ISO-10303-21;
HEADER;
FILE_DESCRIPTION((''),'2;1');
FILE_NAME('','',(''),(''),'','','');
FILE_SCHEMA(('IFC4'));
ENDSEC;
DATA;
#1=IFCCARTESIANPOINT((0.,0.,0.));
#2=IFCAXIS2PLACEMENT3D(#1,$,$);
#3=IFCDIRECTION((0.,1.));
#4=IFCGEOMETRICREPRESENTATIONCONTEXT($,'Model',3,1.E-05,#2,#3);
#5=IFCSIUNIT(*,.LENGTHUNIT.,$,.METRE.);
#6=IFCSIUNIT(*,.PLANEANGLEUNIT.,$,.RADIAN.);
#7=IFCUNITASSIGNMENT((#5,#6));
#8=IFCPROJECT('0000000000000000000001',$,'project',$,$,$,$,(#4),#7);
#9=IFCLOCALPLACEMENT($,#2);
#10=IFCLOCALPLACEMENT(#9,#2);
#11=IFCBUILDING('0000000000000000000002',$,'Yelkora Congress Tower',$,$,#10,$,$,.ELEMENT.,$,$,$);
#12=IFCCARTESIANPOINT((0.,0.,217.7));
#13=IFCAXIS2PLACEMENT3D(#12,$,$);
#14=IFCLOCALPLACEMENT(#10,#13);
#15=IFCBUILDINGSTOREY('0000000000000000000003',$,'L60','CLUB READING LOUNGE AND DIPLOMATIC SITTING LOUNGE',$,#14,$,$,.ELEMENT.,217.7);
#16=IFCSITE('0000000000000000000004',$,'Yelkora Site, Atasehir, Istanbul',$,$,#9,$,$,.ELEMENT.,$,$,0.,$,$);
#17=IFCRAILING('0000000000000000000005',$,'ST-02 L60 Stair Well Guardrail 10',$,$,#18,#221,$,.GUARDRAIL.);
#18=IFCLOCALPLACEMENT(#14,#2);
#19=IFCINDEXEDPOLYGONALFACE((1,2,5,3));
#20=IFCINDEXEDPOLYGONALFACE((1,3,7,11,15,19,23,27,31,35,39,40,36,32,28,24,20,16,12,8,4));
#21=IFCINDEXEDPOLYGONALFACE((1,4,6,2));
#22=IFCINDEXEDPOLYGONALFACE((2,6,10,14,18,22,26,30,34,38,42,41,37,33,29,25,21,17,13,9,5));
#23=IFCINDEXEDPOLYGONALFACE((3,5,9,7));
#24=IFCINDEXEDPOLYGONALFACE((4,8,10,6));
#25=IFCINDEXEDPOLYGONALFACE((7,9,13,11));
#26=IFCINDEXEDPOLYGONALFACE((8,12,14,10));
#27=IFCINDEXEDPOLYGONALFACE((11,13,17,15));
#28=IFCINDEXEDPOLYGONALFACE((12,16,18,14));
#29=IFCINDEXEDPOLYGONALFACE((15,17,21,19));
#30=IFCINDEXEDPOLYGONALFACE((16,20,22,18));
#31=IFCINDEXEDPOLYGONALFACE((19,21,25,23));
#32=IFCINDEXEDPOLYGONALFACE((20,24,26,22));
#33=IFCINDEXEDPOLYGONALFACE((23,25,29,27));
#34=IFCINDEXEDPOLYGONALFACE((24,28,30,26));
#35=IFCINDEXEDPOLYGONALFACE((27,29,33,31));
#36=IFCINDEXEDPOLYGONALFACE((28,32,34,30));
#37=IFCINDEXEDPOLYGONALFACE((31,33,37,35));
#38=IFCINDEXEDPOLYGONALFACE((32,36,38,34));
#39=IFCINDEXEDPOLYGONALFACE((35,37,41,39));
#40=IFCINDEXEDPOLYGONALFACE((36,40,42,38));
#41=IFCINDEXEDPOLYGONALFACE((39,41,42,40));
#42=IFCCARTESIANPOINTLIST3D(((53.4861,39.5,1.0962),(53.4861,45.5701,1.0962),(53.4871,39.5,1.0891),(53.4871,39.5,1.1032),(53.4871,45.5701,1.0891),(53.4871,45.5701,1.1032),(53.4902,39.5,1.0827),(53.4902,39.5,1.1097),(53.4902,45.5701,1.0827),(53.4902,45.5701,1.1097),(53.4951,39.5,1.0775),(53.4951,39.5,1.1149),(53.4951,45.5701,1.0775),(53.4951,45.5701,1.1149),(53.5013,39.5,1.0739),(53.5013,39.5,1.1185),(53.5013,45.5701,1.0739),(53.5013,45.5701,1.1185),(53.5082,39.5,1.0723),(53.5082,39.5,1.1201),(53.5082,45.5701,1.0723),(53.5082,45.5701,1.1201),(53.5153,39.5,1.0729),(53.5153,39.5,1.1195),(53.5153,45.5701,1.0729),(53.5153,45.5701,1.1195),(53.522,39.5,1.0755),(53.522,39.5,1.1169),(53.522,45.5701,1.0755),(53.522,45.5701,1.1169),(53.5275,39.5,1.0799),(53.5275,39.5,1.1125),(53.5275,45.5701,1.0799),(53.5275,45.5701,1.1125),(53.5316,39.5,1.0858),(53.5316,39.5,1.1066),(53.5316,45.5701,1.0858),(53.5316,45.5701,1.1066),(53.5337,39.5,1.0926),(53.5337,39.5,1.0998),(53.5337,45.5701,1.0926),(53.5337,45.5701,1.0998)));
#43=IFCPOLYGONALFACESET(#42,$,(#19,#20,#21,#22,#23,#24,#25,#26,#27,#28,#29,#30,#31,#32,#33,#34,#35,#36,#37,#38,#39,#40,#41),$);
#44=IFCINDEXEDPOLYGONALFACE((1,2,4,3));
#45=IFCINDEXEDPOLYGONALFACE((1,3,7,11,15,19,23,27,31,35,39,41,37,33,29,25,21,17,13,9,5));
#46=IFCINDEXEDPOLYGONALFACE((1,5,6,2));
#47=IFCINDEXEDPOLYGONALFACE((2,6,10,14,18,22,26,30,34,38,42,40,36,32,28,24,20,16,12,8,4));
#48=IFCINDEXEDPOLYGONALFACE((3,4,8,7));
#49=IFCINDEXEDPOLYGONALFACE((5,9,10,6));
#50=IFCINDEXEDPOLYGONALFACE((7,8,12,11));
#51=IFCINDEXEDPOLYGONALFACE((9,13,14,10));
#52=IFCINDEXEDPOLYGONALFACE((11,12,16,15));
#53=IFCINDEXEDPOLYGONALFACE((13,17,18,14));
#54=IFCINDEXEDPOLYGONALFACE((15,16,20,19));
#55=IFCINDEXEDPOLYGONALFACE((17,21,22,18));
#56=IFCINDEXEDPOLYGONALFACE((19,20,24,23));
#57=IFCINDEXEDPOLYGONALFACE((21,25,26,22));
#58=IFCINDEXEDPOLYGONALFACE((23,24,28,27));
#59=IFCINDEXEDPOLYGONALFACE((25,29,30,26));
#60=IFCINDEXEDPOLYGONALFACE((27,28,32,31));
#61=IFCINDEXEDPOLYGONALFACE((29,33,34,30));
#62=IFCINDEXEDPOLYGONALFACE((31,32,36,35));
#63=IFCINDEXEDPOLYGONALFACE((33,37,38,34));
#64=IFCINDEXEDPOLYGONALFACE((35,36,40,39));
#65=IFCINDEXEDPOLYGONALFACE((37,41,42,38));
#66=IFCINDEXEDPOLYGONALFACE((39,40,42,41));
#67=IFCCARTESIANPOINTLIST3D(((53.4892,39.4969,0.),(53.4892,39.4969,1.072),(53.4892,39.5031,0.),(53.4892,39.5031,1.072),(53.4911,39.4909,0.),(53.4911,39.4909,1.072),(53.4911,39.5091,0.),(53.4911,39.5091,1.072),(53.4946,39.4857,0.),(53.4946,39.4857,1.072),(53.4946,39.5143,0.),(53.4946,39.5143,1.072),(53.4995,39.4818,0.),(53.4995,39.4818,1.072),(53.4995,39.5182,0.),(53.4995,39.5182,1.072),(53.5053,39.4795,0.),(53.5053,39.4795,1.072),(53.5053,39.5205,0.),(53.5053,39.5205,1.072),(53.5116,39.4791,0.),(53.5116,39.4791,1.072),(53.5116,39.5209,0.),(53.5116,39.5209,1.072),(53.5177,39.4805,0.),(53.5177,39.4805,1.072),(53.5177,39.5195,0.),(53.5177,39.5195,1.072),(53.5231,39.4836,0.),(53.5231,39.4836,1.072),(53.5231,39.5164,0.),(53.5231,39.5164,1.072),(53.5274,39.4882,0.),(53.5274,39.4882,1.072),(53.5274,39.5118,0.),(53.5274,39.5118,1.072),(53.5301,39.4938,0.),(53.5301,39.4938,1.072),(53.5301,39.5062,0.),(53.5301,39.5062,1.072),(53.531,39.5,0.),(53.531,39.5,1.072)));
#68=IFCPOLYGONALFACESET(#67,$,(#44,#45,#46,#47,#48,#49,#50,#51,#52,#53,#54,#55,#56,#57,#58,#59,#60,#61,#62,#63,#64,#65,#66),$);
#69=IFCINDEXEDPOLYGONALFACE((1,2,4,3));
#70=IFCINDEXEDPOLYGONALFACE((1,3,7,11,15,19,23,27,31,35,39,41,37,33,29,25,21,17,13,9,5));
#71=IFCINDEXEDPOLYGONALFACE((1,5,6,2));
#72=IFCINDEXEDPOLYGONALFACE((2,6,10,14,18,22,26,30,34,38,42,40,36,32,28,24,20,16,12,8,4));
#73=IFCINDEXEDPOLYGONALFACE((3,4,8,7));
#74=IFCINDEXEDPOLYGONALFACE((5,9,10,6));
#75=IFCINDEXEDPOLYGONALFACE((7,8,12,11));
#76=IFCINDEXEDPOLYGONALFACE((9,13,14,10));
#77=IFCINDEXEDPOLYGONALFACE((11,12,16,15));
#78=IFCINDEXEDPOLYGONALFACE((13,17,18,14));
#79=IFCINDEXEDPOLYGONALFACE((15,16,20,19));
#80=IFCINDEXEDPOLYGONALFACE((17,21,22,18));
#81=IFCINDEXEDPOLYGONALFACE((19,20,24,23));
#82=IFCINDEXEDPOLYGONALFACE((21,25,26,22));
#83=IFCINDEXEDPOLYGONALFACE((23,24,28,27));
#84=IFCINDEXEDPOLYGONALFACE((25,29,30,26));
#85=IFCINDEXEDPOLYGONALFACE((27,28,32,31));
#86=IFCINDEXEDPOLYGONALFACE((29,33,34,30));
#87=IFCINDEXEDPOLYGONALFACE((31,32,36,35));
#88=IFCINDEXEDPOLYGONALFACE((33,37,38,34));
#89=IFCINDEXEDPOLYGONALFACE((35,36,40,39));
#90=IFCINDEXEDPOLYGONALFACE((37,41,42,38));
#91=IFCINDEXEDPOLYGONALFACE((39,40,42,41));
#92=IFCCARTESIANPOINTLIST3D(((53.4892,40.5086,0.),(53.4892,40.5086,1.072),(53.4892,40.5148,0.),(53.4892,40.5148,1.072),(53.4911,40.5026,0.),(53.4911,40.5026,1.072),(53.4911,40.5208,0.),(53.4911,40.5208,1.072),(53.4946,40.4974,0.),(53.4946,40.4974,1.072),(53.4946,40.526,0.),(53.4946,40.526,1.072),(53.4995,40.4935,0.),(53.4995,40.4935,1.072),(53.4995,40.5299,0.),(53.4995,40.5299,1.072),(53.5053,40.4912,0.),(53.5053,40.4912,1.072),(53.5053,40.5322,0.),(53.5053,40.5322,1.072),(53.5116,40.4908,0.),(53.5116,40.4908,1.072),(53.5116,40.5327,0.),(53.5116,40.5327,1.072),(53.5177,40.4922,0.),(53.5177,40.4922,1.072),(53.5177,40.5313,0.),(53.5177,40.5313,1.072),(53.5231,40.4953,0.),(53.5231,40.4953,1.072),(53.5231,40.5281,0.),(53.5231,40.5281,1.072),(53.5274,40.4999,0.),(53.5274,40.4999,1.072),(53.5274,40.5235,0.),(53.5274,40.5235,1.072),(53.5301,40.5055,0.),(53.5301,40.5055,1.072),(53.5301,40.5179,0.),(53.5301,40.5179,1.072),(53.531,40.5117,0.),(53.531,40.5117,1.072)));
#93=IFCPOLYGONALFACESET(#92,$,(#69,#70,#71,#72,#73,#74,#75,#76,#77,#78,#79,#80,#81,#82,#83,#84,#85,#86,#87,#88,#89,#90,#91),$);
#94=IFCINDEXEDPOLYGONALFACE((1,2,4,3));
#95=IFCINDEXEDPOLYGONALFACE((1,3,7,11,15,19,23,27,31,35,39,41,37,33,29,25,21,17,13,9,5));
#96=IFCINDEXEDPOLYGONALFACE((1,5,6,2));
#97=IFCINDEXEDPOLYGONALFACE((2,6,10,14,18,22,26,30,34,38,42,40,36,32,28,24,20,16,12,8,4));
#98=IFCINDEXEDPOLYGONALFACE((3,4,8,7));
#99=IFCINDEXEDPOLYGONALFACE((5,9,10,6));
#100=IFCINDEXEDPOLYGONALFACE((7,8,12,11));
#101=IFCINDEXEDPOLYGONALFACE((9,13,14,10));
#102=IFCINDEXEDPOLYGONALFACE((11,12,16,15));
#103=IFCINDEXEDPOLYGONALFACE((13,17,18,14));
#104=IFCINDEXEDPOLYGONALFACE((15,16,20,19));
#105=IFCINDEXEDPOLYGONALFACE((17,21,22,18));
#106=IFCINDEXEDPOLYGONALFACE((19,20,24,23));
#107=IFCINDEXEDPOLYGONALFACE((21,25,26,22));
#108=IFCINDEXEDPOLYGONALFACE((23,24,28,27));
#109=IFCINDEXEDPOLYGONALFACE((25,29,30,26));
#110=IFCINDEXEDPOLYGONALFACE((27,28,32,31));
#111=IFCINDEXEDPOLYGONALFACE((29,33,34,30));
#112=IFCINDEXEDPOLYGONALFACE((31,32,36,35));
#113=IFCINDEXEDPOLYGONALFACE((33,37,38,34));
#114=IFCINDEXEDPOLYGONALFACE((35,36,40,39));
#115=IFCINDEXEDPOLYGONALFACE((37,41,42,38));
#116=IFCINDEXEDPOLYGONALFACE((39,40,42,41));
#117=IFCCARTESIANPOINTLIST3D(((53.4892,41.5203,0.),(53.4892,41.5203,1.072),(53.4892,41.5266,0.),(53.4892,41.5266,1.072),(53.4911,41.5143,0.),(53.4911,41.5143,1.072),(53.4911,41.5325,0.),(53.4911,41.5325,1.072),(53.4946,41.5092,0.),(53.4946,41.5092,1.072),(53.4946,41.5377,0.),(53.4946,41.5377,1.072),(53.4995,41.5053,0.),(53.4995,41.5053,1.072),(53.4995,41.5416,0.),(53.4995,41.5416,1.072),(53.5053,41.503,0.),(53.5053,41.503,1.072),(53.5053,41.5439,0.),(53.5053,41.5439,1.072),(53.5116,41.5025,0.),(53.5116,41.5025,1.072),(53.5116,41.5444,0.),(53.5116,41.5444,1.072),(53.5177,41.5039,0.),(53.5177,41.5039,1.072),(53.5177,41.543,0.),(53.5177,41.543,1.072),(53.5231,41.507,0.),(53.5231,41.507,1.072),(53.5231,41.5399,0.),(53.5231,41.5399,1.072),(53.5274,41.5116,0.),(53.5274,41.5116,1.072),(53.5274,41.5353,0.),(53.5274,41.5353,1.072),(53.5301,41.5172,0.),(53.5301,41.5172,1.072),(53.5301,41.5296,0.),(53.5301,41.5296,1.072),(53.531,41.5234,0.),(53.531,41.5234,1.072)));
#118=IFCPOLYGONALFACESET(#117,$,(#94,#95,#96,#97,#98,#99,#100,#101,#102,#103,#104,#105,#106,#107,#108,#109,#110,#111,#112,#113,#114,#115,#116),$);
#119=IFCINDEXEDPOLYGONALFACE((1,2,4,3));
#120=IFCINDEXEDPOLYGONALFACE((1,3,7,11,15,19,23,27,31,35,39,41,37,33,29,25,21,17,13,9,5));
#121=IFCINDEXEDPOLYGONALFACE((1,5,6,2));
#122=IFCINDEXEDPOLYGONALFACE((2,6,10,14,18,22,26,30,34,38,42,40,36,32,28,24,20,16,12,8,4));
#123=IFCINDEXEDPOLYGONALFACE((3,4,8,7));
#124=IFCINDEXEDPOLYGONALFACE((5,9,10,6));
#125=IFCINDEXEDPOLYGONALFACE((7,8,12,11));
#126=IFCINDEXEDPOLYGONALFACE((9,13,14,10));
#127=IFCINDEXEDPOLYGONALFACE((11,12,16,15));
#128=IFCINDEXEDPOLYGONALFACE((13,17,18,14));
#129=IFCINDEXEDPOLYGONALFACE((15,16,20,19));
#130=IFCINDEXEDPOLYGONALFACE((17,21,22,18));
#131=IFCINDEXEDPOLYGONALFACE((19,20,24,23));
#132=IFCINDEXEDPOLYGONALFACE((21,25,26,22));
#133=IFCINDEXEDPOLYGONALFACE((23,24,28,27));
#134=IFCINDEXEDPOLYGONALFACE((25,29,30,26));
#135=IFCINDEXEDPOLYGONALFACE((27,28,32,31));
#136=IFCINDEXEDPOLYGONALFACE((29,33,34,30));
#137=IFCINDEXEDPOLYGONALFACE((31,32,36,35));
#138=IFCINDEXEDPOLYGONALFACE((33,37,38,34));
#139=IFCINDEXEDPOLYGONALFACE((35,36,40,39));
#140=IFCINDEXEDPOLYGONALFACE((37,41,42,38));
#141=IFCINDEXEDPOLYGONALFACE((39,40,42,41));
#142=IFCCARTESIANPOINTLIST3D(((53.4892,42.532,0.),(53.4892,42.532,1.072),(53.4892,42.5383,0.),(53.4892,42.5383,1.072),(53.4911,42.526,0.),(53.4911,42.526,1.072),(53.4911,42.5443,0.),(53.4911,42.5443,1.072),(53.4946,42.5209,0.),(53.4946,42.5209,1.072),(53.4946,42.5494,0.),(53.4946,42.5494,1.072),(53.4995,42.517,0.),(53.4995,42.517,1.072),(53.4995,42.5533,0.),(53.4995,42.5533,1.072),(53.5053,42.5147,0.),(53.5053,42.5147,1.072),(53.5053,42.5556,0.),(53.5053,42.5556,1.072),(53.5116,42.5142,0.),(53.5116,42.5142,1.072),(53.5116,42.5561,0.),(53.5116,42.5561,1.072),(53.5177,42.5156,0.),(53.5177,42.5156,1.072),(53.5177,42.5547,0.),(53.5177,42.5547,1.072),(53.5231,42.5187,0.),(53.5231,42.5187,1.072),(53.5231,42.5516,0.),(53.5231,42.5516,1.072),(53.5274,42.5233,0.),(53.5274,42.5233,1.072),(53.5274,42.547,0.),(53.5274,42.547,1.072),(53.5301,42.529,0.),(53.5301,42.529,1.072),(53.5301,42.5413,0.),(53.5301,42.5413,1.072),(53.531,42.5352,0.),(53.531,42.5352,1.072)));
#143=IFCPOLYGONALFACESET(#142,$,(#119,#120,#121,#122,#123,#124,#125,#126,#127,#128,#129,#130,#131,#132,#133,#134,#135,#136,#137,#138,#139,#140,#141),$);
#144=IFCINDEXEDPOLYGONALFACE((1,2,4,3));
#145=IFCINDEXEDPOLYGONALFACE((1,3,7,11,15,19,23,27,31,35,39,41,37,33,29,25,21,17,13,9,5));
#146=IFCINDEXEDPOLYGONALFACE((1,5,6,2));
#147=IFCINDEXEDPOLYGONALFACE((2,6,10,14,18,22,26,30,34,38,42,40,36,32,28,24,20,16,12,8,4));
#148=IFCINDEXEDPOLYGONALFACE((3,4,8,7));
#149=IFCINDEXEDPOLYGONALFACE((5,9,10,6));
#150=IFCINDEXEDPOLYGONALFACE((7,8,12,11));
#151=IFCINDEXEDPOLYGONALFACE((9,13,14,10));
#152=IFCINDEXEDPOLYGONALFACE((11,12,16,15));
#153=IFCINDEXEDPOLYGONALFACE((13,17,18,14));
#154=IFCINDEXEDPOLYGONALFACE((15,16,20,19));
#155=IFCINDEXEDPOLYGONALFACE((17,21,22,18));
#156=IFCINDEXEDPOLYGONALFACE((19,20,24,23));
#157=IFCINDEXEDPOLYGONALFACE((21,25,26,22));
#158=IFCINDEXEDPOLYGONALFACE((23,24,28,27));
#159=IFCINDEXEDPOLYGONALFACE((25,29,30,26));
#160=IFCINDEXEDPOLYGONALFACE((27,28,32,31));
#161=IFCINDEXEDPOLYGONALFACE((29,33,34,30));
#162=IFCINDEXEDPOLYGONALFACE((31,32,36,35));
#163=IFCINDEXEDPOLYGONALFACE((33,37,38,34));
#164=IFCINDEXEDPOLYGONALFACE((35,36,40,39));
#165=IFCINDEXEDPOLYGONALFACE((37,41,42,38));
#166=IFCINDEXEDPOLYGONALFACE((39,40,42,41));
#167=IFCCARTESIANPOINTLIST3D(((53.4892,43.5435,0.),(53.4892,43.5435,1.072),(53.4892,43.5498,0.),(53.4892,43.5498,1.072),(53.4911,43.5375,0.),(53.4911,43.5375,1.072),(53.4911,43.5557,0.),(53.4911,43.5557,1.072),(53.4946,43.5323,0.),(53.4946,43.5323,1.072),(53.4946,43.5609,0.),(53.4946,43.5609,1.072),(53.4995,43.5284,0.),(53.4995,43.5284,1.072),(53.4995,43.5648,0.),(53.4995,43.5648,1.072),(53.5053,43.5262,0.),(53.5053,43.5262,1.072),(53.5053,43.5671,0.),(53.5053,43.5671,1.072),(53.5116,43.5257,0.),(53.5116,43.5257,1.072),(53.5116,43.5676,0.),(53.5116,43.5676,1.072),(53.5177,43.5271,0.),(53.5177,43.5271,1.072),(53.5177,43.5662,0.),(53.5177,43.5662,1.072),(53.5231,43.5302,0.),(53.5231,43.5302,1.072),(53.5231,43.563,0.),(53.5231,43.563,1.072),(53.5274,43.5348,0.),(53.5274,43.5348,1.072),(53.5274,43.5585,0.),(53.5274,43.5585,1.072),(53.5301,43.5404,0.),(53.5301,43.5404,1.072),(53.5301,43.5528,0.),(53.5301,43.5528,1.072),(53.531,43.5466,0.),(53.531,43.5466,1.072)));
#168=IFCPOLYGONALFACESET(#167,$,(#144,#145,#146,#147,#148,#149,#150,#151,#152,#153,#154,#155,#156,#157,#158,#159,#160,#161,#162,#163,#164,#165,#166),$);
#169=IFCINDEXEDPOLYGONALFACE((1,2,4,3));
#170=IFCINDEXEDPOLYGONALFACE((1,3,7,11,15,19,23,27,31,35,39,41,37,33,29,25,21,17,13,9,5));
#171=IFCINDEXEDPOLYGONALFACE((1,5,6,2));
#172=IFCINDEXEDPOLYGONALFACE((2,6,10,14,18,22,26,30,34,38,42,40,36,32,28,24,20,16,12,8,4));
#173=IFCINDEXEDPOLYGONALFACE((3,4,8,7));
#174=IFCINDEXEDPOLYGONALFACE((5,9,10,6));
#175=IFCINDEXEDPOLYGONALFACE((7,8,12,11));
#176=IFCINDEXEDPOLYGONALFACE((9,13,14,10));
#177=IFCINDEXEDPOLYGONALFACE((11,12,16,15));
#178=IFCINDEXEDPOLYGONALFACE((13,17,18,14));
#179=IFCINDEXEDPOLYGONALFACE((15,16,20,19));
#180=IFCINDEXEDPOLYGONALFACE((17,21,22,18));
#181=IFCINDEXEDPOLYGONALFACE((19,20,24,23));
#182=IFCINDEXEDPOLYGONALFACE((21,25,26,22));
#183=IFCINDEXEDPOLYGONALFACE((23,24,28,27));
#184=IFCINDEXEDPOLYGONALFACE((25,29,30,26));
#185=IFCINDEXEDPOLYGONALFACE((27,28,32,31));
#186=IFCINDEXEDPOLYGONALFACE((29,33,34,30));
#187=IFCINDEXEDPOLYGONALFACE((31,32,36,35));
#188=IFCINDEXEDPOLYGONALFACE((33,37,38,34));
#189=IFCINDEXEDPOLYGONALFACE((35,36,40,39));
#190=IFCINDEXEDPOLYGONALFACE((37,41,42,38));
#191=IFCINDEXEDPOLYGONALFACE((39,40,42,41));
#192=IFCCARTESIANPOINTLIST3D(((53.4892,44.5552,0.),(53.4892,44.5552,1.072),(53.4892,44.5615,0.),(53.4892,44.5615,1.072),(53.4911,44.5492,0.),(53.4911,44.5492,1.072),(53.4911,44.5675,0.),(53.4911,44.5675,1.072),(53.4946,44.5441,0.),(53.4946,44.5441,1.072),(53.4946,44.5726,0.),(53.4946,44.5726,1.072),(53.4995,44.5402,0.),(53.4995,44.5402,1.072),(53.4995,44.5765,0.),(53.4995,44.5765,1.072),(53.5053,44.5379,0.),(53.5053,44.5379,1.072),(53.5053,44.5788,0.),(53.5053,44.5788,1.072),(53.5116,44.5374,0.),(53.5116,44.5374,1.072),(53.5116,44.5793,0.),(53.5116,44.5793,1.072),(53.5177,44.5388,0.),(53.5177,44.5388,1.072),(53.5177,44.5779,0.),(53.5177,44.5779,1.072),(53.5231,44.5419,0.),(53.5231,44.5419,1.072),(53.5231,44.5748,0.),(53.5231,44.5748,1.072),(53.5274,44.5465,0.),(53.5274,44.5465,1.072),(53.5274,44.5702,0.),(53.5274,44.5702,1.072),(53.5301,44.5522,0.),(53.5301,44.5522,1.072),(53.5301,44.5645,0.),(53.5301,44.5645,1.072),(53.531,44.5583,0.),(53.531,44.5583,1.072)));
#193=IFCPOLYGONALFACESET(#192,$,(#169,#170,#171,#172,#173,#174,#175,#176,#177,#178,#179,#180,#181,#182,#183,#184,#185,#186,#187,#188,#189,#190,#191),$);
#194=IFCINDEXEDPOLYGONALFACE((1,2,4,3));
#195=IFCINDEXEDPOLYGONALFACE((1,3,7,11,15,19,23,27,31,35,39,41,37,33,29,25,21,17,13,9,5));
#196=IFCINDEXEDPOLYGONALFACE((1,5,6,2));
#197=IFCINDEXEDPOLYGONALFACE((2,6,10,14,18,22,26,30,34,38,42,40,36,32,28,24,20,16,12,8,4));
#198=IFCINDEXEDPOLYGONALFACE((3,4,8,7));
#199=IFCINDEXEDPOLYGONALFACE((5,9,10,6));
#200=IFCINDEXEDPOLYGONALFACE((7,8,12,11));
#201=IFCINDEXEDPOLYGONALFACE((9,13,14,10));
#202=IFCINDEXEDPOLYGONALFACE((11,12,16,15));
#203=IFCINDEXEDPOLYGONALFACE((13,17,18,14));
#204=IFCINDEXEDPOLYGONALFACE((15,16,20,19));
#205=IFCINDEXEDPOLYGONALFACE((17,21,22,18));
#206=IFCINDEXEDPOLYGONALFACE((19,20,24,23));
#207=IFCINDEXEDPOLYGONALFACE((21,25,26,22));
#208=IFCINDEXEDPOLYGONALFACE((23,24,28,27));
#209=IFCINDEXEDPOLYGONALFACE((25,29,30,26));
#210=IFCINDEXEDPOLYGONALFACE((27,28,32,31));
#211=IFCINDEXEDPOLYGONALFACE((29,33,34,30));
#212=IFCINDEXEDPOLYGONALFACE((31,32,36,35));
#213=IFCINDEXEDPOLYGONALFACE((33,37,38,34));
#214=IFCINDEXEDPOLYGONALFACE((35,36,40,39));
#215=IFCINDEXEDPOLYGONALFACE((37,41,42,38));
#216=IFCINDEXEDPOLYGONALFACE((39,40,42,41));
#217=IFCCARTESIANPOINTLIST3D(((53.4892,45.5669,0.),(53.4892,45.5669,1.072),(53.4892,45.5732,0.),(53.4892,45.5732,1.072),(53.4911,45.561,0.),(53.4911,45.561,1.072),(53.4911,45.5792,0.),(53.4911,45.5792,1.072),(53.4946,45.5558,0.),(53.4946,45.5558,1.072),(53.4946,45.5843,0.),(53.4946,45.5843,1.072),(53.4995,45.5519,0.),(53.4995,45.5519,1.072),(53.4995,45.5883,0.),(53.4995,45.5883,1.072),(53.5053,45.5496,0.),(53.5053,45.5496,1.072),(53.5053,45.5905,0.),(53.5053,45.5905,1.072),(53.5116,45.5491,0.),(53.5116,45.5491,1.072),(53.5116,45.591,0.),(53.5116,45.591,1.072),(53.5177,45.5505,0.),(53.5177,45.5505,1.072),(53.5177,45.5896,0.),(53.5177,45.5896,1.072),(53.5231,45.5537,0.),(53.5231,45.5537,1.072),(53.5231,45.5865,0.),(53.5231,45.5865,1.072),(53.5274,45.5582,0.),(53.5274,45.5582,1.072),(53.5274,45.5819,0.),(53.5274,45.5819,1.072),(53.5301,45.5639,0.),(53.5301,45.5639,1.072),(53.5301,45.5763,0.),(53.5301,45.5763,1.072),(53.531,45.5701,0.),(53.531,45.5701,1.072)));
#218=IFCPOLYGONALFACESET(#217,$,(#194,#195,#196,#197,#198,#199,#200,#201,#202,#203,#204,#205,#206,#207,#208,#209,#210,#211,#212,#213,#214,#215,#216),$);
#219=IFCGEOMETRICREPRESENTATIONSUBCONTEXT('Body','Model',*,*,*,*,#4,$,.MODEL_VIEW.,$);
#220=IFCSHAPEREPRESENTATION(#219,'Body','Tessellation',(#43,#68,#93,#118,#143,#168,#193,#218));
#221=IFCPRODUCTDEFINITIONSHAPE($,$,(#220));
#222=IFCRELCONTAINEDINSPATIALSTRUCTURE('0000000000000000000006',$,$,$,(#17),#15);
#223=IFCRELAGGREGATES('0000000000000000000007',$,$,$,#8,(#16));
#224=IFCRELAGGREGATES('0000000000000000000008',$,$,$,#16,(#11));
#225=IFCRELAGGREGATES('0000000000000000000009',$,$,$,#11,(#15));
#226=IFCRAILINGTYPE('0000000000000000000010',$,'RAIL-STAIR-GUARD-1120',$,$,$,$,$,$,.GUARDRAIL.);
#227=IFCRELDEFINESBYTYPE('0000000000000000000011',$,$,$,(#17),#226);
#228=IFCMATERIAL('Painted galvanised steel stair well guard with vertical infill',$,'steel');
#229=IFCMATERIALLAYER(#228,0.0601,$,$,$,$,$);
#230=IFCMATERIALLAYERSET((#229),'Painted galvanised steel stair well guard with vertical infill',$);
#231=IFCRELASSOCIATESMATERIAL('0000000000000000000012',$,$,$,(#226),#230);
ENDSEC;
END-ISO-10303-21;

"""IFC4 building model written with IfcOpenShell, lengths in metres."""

from ifc_helpers import new_model, si_unit, direction, frame, origin, origin_2d, place, context, subcontext, project, spatial, circle, extrude, material, layer, layer_set, type_object, element, save


model = new_model("IFC4")

# Units and contexts
model_context = context("Model", 3, precision=1e-05, world=origin(), true_north=direction((0.0, 1.0)))
body_context = subcontext(model_context, "Body", "Model", "MODEL_VIEW")
ifc_project = project(units=[si_unit("LENGTHUNIT", "METRE"), si_unit("PLANEANGLEUNIT", "RADIAN")], contexts=[model_context])

# Site, building, storey
site_placement = place(None, origin())
site = spatial("IfcSite", under=ifc_project, at=site_placement, Name="Yelkora Site, Atasehir, Istanbul", CompositionType="ELEMENT", RefElevation=0.0)
building_placement = place(site_placement, origin())
building = spatial("IfcBuilding", under=site, at=building_placement, Name="Yelkora Congress Tower", CompositionType="ELEMENT")
storey_placement = place(building_placement, frame((0.0, 0.0, 217.7)))
storey = spatial("IfcBuildingStorey", under=building, at=storey_placement, Name="L60", Description="CLUB READING LOUNGE AND DIPLOMATIC SITTING LOUNGE", CompositionType="ELEMENT", Elevation=217.7)

# Railing
ifc_material_1 = material(Name="Painted galvanised steel stair well guard with vertical infill", Category="steel")
ifc_layer_1 = layer(ifc_material_1, 0.0601)
ifc_layer_set_1 = layer_set([ifc_layer_1], Name="Painted galvanised steel stair well guard with vertical infill")
railing_type_1 = type_object("IfcRailingType", Name="RAIL-STAIR-GUARD-1120", PredefinedType="GUARDRAIL", material=ifc_layer_set_1)
railing_1_placement = place(storey_placement, frame((53.51, 39.5, 0.0)))
element("IfcRailing", 1, at=railing_1_placement, inside=storey, type_object=railing_type_1, Name="ST-02 L60 Stair Well Guardrail 10", PredefinedType="GUARDRAIL", context=body_context, shape_type="SweptSolid", body=[
    extrude(circle(Radius=0.0239, at=origin_2d()), frame((0.0, 0.0, 1.0962), z_axis=(0.0, 1.0, 0.0), x_axis=(-1.0, 0.0, 0.0)), (0.0, 0.0, 1.0), 6.0701),
    extrude(circle(Radius=0.021, at=origin_2d()), origin(), (0.0, 0.0, 1.0), 1.072),
    extrude(circle(Radius=0.021, at=origin_2d()), frame((0.0, 1.0117, 0.0)), (0.0, 0.0, 1.0), 1.072),
    extrude(circle(Radius=0.021, at=origin_2d()), frame((0.0, 2.0234, 0.0)), (0.0, 0.0, 1.0), 1.072),
    extrude(circle(Radius=0.021, at=origin_2d()), frame((0.0, 3.0352, 0.0)), (0.0, 0.0, 1.0), 1.072),
    extrude(circle(Radius=0.021, at=origin_2d()), frame((0.0, 4.0466, 0.0)), (0.0, 0.0, 1.0), 1.072),
    extrude(circle(Radius=0.021, at=origin_2d()), frame((0.0, 5.0583, 0.0)), (0.0, 0.0, 1.0), 1.072),
    extrude(circle(Radius=0.021, at=origin_2d()), frame((0.0, 6.0701, 0.0)), (0.0, 0.0, 1.0), 1.072),
])

save(model, "model.ifc")
